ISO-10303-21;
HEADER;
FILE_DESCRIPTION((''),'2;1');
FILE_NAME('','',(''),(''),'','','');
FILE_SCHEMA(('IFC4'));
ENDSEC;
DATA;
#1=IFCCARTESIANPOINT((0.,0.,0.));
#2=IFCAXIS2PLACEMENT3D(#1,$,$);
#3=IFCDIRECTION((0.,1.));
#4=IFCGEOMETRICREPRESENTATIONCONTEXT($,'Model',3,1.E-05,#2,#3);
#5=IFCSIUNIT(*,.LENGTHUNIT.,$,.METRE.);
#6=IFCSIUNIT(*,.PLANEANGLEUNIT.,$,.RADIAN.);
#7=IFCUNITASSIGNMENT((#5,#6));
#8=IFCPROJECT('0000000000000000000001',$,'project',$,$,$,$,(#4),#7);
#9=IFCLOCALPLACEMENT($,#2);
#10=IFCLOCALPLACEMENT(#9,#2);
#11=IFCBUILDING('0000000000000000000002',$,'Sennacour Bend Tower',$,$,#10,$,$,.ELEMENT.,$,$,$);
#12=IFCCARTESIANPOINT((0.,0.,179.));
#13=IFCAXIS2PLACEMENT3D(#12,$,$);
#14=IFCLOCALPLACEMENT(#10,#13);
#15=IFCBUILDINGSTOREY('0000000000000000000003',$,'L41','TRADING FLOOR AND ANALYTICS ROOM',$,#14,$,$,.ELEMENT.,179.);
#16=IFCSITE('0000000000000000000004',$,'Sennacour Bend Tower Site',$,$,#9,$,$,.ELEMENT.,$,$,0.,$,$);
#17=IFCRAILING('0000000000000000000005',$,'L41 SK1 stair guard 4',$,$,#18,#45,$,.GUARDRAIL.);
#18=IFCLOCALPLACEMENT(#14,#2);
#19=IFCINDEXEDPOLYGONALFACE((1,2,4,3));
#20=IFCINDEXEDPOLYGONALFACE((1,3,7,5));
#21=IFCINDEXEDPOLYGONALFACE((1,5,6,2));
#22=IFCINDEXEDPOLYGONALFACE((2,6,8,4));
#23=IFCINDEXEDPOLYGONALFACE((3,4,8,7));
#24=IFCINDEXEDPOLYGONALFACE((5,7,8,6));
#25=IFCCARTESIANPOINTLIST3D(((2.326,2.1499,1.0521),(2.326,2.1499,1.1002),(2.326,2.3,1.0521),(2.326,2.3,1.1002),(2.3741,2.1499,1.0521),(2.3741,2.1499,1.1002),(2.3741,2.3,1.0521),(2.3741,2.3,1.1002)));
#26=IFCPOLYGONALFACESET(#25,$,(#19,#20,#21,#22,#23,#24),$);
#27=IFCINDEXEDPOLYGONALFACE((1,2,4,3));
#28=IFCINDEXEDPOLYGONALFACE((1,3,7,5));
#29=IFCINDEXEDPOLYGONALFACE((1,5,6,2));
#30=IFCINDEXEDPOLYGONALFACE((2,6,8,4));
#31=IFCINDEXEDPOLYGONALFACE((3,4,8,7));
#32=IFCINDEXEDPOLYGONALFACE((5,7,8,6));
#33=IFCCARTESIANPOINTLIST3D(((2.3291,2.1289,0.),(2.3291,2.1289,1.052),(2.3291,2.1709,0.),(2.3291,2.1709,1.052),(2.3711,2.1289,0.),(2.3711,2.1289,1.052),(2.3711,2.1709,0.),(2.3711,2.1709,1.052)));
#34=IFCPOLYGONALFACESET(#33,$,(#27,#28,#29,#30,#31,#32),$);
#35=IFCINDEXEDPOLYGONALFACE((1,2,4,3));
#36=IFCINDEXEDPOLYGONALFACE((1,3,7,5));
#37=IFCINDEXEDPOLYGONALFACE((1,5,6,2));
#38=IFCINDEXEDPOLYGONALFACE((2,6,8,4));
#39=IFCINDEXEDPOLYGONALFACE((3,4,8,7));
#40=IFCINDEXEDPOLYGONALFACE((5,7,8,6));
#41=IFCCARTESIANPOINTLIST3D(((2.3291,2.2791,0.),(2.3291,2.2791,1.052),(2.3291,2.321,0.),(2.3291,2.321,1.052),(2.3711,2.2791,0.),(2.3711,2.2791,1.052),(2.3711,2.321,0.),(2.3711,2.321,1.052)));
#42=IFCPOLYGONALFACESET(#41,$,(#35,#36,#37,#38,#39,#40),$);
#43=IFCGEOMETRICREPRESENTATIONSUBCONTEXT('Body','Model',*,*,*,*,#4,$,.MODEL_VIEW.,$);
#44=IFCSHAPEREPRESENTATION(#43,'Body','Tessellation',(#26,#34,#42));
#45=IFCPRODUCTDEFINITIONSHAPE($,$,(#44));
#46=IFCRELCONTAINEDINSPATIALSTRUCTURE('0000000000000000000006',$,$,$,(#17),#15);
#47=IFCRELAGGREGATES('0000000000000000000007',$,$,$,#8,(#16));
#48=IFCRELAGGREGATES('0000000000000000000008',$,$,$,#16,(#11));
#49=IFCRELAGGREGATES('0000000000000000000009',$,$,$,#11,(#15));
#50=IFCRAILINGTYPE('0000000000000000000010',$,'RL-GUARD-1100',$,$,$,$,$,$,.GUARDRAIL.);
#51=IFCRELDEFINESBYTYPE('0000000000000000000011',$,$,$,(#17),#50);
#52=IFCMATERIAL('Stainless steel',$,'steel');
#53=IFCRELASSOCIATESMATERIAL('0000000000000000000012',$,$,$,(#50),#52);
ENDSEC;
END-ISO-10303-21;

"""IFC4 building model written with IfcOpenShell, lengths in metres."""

from ifc_helpers import new_model, si_unit, direction, frame, origin, origin_2d, place, context, subcontext, project, spatial, rectangle, extrude, material, type_object, element, save


model = new_model("IFC4")

# Units and contexts
model_context = context("Model", 3, precision=1e-05, world=origin(), true_north=direction((0.0, 1.0)))
body_context = subcontext(model_context, "Body", "Model", "MODEL_VIEW")
ifc_project = project(units=[si_unit("LENGTHUNIT", "METRE"), si_unit("PLANEANGLEUNIT", "RADIAN")], contexts=[model_context])

# Site, building, storey
site_placement = place(None, origin())
site = spatial("IfcSite", under=ifc_project, at=site_placement, Name="Sennacour Bend Tower Site", CompositionType="ELEMENT", RefElevation=0.0)
building_placement = place(site_placement, origin())
building = spatial("IfcBuilding", under=site, at=building_placement, Name="Sennacour Bend Tower", CompositionType="ELEMENT")
storey_placement = place(building_placement, frame((0.0, 0.0, 179.0)))
storey = spatial("IfcBuildingStorey", under=building, at=storey_placement, Name="L41", Description="TRADING FLOOR AND ANALYTICS ROOM", CompositionType="ELEMENT", Elevation=179.0)

# Railing
ifc_material_1 = material(Name="Stainless steel", Category="steel")
railing_type = type_object("IfcRailingType", Name="RL-GUARD-1100", PredefinedType="GUARDRAIL", material=ifc_material_1)
railing_placement = place(storey_placement, frame((2.3501, 2.1499, 0.0)))
element("IfcRailing", 1, at=railing_placement, inside=storey, type_object=railing_type, Name="L41 SK1 stair guard 4", PredefinedType="GUARDRAIL", context=body_context, shape_type="SweptSolid", body=[
    extrude(rectangle(XDim=0.0481, YDim=0.0481, at=origin_2d()), frame((0.0, 0.0, 1.0762), z_axis=(0.0, 1.0, 0.0), x_axis=(-1.0, 0.0, 0.0)), (0.0, 0.0, 1.0), 0.1501),
    extrude(rectangle(XDim=0.042, YDim=0.042, at=origin_2d()), origin(), (0.0, 0.0, 1.0), 1.052),
    extrude(rectangle(XDim=0.042, YDim=0.042, at=origin_2d()), frame((0.0, 0.1501, 0.0)), (0.0, 0.0, 1.0), 1.052),
])

save(model, "model.ifc")
